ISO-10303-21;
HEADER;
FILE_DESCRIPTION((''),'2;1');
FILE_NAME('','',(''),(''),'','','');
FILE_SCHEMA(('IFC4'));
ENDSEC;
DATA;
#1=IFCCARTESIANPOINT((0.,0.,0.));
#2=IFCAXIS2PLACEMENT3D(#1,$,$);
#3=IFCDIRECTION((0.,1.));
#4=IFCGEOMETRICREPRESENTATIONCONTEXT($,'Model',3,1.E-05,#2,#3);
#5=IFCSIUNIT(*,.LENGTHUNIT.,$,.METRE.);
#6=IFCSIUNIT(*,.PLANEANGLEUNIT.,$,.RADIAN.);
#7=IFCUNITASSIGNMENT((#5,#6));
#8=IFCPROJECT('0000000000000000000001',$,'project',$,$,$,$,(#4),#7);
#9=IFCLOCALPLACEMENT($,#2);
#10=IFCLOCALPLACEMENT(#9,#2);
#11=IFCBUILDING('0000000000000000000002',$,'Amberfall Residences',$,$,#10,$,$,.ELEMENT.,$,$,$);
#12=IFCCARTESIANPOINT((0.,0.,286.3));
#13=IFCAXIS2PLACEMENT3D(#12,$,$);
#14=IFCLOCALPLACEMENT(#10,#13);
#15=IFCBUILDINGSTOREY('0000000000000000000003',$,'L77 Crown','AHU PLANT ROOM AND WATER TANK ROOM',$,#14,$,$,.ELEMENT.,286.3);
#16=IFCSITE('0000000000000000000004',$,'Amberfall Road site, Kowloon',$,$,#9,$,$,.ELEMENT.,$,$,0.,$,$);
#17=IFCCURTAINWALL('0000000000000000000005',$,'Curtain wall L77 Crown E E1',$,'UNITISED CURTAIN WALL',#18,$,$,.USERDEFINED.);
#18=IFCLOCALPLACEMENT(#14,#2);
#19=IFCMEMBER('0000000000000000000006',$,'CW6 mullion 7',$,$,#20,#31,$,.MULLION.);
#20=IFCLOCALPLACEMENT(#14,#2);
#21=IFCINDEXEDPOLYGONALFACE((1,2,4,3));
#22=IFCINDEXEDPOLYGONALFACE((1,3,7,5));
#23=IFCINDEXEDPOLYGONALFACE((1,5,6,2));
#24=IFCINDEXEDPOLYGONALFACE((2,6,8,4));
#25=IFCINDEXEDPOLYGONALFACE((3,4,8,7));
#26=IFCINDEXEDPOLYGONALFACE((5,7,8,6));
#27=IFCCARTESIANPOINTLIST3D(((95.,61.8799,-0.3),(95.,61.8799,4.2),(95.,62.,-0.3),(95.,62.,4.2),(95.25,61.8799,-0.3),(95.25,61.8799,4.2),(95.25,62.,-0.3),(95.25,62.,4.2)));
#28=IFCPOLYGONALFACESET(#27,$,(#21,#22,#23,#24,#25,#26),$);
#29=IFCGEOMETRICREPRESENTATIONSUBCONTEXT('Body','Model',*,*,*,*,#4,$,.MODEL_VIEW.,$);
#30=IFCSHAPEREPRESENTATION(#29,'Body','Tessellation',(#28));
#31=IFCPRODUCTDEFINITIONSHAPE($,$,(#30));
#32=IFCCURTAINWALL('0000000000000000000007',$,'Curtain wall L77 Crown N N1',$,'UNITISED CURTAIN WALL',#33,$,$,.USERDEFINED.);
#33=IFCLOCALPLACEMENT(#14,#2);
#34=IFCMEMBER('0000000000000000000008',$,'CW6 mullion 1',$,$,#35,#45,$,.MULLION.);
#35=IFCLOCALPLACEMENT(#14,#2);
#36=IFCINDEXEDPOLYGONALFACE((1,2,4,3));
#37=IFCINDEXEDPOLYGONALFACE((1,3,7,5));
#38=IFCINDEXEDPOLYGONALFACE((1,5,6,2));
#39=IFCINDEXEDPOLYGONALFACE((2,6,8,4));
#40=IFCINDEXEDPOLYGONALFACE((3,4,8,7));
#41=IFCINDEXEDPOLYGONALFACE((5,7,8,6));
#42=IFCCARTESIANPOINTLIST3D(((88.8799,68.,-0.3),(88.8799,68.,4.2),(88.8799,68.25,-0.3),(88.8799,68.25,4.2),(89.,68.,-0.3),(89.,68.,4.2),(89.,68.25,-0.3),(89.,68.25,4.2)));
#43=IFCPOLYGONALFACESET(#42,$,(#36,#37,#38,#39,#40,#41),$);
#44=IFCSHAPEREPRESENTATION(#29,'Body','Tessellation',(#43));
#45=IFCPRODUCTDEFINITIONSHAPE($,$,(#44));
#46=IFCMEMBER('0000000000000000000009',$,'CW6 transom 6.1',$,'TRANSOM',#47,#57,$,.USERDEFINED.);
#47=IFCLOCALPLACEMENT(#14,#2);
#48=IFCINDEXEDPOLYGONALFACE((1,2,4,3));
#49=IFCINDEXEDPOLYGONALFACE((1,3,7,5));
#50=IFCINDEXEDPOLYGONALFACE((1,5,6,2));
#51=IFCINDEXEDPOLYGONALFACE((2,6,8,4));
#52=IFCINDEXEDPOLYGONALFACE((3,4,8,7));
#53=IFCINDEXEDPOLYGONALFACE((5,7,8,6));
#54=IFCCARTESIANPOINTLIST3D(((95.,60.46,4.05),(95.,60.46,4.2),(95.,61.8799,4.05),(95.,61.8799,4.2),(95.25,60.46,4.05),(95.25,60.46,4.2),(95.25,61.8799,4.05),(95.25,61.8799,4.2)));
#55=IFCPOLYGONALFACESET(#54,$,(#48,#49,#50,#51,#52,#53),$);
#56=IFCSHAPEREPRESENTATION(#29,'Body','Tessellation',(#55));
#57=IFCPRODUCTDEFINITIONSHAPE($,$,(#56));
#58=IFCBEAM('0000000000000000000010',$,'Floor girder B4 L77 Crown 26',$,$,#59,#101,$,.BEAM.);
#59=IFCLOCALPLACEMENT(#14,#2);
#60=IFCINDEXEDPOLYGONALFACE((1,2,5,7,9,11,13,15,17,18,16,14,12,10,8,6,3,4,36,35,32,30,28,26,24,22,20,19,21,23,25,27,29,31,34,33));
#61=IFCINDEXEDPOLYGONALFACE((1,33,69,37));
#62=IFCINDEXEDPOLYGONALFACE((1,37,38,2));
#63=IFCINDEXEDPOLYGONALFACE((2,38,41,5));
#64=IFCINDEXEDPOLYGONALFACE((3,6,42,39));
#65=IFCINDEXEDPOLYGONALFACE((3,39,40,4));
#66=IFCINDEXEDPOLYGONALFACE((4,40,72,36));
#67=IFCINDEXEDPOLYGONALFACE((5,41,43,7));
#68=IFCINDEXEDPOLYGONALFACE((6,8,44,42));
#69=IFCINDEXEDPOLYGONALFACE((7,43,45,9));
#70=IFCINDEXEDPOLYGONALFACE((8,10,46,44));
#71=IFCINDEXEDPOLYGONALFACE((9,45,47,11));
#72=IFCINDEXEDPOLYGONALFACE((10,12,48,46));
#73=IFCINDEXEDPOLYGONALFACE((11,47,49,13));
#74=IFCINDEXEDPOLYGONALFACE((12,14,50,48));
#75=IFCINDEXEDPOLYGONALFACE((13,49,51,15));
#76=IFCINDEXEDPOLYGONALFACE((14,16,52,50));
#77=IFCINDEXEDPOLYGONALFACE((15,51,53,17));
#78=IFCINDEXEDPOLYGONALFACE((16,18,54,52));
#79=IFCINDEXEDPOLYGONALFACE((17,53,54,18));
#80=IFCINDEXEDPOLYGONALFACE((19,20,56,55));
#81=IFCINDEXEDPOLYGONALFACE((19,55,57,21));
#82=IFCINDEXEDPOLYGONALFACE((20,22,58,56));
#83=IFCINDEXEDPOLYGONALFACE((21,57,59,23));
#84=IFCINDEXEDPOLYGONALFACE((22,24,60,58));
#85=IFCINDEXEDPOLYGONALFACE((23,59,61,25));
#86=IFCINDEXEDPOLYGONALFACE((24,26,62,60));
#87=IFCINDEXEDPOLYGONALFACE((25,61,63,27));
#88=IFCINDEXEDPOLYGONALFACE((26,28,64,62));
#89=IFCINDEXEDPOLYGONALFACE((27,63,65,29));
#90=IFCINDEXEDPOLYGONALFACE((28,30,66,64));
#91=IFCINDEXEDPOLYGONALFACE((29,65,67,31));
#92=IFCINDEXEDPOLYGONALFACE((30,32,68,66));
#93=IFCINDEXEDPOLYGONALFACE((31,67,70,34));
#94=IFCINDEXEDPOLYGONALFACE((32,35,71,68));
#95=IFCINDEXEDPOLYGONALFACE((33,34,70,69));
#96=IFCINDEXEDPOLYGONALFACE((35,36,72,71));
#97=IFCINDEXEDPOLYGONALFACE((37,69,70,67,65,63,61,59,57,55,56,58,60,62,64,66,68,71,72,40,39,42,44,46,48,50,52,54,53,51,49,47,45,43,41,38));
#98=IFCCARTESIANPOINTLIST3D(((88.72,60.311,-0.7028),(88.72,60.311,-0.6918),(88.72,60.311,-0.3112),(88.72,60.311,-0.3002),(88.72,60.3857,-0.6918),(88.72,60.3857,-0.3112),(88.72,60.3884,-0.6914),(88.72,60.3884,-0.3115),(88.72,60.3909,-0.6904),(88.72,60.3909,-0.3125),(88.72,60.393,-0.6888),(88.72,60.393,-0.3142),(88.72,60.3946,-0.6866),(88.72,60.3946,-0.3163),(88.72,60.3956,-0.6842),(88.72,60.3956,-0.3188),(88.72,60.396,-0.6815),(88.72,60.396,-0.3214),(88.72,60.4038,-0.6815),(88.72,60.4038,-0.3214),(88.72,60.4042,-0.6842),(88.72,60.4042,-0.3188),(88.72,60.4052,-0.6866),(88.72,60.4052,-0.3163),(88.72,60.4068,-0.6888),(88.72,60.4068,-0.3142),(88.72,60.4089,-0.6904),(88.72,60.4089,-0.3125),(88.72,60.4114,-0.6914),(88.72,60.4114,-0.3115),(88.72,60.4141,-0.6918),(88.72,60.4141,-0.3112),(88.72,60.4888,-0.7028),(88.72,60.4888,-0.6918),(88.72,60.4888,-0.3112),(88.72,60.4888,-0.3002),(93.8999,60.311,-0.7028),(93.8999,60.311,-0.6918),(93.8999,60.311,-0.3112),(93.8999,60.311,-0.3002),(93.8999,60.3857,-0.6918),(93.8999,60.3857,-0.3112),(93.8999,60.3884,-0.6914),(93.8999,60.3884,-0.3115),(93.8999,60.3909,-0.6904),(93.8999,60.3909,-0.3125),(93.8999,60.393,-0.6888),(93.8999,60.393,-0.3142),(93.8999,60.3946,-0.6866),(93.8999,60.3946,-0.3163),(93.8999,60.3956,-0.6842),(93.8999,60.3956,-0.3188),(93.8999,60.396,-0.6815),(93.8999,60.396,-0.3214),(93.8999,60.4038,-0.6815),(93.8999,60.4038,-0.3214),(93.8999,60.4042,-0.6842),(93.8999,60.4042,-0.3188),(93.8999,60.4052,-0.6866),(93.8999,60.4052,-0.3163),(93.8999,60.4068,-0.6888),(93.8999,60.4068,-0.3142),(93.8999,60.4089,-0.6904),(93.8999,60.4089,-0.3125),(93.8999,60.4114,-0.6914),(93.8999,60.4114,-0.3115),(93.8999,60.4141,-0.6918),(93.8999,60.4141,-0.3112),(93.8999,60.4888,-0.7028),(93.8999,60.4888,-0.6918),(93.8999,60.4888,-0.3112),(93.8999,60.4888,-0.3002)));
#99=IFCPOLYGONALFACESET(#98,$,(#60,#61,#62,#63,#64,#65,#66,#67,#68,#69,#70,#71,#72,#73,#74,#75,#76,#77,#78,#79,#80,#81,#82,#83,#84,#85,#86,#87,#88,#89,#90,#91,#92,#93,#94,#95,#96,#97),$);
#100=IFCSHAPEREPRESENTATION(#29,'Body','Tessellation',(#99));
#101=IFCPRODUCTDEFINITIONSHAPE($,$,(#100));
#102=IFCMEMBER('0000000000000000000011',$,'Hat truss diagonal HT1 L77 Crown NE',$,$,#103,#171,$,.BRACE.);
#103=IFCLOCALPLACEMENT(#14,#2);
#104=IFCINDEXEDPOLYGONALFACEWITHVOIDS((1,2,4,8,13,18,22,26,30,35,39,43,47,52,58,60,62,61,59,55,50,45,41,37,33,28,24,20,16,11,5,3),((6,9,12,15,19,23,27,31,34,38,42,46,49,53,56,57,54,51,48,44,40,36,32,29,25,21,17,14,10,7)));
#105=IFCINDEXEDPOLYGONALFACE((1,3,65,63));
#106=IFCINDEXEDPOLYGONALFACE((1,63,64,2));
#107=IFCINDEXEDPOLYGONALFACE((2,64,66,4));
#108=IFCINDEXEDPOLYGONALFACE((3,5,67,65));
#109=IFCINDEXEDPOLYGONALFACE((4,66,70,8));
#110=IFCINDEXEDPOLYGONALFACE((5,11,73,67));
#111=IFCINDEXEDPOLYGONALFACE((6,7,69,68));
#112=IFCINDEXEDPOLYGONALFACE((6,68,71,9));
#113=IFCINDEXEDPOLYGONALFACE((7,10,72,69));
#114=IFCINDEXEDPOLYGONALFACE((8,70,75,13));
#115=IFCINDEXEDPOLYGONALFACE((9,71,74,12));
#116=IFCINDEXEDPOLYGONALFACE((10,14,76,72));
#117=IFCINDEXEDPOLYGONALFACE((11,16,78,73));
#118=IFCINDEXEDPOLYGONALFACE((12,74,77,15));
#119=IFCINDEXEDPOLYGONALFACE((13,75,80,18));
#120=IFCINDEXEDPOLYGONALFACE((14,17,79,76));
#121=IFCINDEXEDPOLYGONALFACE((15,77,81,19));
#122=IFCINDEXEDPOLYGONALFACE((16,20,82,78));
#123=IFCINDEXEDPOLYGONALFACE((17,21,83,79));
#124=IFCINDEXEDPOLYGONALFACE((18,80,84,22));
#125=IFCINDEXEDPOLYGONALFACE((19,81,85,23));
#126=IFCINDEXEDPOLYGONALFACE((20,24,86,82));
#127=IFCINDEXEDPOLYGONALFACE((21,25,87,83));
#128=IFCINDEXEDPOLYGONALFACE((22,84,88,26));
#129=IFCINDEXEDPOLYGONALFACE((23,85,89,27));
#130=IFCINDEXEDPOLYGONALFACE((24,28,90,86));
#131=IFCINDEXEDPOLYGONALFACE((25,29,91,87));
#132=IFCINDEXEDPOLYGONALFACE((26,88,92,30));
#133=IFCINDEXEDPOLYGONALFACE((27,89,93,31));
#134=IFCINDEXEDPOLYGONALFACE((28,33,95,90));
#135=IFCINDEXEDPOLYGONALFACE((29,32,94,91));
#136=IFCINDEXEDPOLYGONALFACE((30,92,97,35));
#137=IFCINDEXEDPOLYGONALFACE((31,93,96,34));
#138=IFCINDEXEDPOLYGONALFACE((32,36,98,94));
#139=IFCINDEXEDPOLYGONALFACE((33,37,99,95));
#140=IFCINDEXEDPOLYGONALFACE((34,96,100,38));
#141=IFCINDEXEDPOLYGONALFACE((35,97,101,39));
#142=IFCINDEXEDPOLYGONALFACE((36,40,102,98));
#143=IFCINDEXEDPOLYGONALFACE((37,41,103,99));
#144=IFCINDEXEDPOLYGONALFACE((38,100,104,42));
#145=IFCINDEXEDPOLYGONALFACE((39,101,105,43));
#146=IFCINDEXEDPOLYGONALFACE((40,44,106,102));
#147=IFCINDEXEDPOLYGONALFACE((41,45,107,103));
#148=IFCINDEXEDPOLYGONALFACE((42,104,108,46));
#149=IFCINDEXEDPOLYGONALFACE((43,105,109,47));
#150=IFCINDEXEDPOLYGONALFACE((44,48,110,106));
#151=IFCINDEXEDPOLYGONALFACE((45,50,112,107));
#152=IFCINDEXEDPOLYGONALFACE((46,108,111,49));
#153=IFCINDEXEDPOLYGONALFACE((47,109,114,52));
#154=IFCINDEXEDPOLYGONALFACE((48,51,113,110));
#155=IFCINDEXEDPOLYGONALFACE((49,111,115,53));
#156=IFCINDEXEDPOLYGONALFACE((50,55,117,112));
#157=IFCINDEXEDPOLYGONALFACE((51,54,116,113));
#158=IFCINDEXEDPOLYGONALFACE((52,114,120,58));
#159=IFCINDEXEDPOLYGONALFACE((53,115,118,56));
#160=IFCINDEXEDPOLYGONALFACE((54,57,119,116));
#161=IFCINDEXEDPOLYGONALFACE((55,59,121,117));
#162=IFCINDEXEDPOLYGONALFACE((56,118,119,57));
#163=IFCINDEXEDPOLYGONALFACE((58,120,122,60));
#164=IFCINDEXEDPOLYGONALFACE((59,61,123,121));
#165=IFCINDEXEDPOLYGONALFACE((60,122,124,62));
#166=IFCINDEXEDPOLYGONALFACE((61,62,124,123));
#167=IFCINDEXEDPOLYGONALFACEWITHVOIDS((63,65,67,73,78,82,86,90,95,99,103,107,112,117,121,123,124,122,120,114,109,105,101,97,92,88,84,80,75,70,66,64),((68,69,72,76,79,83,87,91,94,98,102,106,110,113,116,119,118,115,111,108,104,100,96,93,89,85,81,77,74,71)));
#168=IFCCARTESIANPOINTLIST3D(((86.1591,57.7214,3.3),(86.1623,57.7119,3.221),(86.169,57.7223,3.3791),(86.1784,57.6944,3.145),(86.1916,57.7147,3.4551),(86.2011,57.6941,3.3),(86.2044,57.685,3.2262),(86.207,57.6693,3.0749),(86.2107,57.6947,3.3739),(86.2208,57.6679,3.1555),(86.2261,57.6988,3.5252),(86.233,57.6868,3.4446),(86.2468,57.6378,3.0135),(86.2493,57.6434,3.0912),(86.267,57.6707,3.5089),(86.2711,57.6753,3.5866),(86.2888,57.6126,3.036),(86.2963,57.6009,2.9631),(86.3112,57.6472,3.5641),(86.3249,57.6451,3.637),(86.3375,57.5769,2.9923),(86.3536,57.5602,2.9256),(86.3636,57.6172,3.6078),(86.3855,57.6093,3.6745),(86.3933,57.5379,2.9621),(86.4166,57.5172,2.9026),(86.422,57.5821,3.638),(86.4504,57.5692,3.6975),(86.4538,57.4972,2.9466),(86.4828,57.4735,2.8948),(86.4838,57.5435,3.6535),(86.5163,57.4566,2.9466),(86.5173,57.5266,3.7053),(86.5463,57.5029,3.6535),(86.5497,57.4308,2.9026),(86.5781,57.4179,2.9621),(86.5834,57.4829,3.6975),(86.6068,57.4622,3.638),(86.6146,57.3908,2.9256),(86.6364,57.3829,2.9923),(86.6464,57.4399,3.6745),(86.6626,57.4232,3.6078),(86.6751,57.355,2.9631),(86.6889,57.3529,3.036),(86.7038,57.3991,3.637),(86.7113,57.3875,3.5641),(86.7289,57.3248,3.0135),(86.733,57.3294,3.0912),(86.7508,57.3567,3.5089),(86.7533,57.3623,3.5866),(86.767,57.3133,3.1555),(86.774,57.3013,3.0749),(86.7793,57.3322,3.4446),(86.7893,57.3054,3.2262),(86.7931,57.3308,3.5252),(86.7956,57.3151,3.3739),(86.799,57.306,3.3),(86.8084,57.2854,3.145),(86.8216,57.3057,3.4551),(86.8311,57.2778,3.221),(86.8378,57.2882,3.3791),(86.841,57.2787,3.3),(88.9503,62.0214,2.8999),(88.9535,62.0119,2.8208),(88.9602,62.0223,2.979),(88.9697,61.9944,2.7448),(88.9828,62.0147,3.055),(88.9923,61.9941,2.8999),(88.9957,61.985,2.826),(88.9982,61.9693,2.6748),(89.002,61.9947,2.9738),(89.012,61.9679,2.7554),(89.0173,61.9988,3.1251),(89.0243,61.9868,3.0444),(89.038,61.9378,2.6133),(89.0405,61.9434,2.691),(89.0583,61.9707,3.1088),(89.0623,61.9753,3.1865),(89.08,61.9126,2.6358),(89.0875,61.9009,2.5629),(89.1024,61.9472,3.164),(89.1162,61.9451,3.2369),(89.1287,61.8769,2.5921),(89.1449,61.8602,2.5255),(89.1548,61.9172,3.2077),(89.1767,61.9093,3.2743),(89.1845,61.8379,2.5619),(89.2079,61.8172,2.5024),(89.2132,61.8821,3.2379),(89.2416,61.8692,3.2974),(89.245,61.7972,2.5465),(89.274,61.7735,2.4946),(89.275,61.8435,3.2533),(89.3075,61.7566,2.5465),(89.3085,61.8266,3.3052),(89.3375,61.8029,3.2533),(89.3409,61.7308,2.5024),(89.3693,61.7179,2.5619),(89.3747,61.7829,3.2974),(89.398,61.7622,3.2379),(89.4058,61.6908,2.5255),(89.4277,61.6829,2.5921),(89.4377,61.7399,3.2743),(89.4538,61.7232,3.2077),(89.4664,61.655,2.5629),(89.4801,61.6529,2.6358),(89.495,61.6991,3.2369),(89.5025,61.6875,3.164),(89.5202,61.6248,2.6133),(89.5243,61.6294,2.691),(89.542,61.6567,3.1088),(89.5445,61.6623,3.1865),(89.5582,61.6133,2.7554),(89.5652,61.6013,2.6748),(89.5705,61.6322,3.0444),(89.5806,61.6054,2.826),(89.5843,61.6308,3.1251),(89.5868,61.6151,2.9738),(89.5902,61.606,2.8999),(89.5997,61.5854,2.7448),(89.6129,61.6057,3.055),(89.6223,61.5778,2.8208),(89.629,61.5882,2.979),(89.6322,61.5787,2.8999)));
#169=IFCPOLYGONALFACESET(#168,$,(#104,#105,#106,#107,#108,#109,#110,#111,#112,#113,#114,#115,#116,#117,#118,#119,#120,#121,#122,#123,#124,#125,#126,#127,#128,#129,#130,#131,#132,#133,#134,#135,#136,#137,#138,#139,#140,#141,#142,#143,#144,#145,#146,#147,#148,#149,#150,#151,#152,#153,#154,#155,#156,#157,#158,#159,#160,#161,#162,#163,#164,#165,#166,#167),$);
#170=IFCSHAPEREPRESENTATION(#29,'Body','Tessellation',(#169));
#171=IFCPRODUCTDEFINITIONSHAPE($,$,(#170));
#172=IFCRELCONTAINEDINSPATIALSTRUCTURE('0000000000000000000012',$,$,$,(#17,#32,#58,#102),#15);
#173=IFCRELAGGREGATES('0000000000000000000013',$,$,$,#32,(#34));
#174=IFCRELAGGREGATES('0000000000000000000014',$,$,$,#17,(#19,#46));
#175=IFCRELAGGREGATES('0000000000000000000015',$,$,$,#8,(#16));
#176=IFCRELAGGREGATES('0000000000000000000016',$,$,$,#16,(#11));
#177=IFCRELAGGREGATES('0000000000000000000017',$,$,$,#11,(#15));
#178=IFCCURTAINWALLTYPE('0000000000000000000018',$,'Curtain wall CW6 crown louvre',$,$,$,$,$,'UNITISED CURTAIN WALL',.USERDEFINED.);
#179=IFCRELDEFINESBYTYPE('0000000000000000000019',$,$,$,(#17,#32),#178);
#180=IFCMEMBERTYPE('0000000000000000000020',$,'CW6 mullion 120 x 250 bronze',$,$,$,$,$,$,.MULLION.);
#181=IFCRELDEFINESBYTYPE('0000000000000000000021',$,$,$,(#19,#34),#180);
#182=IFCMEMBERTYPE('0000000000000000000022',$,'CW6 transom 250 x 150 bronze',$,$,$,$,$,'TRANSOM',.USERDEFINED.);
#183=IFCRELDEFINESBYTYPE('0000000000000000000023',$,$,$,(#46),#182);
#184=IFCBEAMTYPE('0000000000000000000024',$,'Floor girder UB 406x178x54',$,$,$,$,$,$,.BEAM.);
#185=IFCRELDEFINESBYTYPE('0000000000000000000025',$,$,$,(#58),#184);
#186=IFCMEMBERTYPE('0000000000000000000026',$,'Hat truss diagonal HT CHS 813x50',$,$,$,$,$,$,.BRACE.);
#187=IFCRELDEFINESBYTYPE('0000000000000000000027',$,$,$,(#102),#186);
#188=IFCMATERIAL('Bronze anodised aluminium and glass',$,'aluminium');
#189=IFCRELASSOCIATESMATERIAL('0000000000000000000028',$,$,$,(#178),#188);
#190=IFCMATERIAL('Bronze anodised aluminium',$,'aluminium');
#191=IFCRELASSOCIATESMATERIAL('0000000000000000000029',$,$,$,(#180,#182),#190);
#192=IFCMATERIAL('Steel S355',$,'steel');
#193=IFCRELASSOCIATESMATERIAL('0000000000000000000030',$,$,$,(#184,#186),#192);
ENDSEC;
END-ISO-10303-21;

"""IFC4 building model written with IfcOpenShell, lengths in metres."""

from ifc_helpers import new_model, si_unit, direction, frame, origin, origin_2d, place, context, subcontext, project, spatial, rectangle, hollow_circle, i_section, extrude, material, material_profile, profile_set, type_object, element, aggregate, save


model = new_model("IFC4")

# Units and contexts
model_context = context("Model", 3, precision=1e-05, world=origin(), true_north=direction((0.0, 1.0)))
body_context = subcontext(model_context, "Body", "Model", "MODEL_VIEW")
ifc_project = project(units=[si_unit("LENGTHUNIT", "METRE"), si_unit("PLANEANGLEUNIT", "RADIAN")], contexts=[model_context])

# Site, building, storey
site_placement = place(None, origin())
site = spatial("IfcSite", under=ifc_project, at=site_placement, Name="Amberfall Road site, Kowloon", CompositionType="ELEMENT", RefElevation=0.0)
building_placement = place(site_placement, origin())
building = spatial("IfcBuilding", under=site, at=building_placement, Name="Amberfall Residences", CompositionType="ELEMENT")
storey_placement = place(building_placement, frame((0.0, 0.0, 286.3)))
storey = spatial("IfcBuildingStorey", under=building, at=storey_placement, Name="L77 Crown", Description="AHU PLANT ROOM AND WATER TANK ROOM", CompositionType="ELEMENT", Elevation=286.3)

# Shared definitions
ifc_material_1 = material(Name="Steel S355", Category="steel")

# Curtain wall, member
ifc_material_2 = material(Name="Bronze anodised aluminium and glass", Category="aluminium")
curtain_wall_type = type_object("IfcCurtainWallType", Name="Curtain wall CW6 crown louvre", ElementType="UNITISED CURTAIN WALL", PredefinedType="USERDEFINED", material=ifc_material_2)
curtain_wall_1_placement = place(storey_placement, origin())
curtain_wall_1 = element("IfcCurtainWall", 1, at=curtain_wall_1_placement, inside=storey, type_object=curtain_wall_type, Name="Curtain wall L77 Crown E E1", ObjectType="UNITISED CURTAIN WALL", PredefinedType="USERDEFINED")
ifc_material_3 = material(Name="Bronze anodised aluminium", Category="aluminium")
ifc_material_profile_1 = material_profile(ifc_material_3, rectangle(XDim=0.25, YDim=0.1201, at=origin_2d()), Name="CW6 mullion 120 x 250 bronze")
ifc_profile_set_1 = profile_set([ifc_material_profile_1], Name="Bronze anodised aluminium")
member_type_1 = type_object("IfcMemberType", Name="CW6 mullion 120 x 250 bronze", PredefinedType="MULLION", material=ifc_profile_set_1)
member_1_placement = place(storey_placement, frame((95.125, 61.9399, -0.3), z_axis=(0.0, 0.0, 1.0), x_axis=(-1.0, 0.0, 0.0)))
member_1 = element("IfcMember", 2, at=member_1_placement, type_object=member_type_1, Name="CW6 mullion 7", PredefinedType="MULLION", context=body_context, shape_type="SweptSolid", body=[
    extrude(rectangle(XDim=0.25, YDim=0.1201, at=origin_2d()), origin(), (0.0, 0.0, 1.0), 4.5),
])

# Curtain wall, member
curtain_wall_2_placement = place(storey_placement, origin())
curtain_wall_2 = element("IfcCurtainWall", 3, at=curtain_wall_2_placement, inside=storey, type_object=curtain_wall_type, Name="Curtain wall L77 Crown N N1", ObjectType="UNITISED CURTAIN WALL", PredefinedType="USERDEFINED")
member_2_placement = place(storey_placement, frame((88.9399, 68.125, -0.3), z_axis=(0.0, 0.0, 1.0), x_axis=(0.0, -1.0, 0.0)))
member_2 = element("IfcMember", 4, at=member_2_placement, type_object=member_type_1, Name="CW6 mullion 1", PredefinedType="MULLION", context=body_context, shape_type="SweptSolid", body=[
    extrude(rectangle(XDim=0.25, YDim=0.1201, at=origin_2d()), origin(), (0.0, 0.0, 1.0), 4.5),
])
aggregate(curtain_wall_2, [member_2])

# Member
ifc_material_profile_2 = material_profile(ifc_material_3, rectangle(XDim=0.25, YDim=0.1499, at=origin_2d()), Name="CW6 transom 250 x 150 bronze")
ifc_profile_set_2 = profile_set([ifc_material_profile_2], Name="Bronze anodised aluminium")
member_type_2 = type_object("IfcMemberType", Name="CW6 transom 250 x 150 bronze", ElementType="TRANSOM", PredefinedType="USERDEFINED", material=ifc_profile_set_2)
member_3_placement = place(storey_placement, frame((95.125, 60.46, 4.125), z_axis=(0.0, 1.0, 0.0), x_axis=(-1.0, 0.0, 0.0)))
member_3 = element("IfcMember", 5, at=member_3_placement, type_object=member_type_2, Name="CW6 transom 6.1", ObjectType="TRANSOM", PredefinedType="USERDEFINED", context=body_context, shape_type="SweptSolid", body=[
    extrude(rectangle(XDim=0.25, YDim=0.1499, at=origin_2d()), origin(), (0.0, 0.0, 1.0), 1.4199),
])

# Beam
ifc_material_profile_3 = material_profile(ifc_material_1, i_section(OverallWidth=0.1777, OverallDepth=0.4026, WebThickness=0.0078, FlangeThickness=0.011, FilletRadius=0.0103, at=origin_2d()), Name="UB 406x178x54")
ifc_profile_set_3 = profile_set([ifc_material_profile_3], Name="Steel S355")
beam_type_1 = type_object("IfcBeamType", Name="Floor girder UB 406x178x54", PredefinedType="BEAM", material=ifc_profile_set_3)
beam_1_placement = place(storey_placement, frame((93.8999, 60.3999, -0.5015), z_axis=(-1.0, 0.0, 0.0), x_axis=(0.0, -1.0, 0.0)))
element("IfcBeam", 6, at=beam_1_placement, inside=storey, type_object=beam_type_1, Name="Floor girder B4 L77 Crown 26", PredefinedType="BEAM", context=body_context, shape_type="SweptSolid", body=[
    extrude(i_section(OverallWidth=0.1777, OverallDepth=0.4026, WebThickness=0.0078, FlangeThickness=0.011, FilletRadius=0.0103, at=origin_2d()), origin(), (0.0, 0.0, 1.0), 5.1799),
])

# Member
ifc_material_profile_4 = material_profile(ifc_material_1, hollow_circle(Radius=0.4065, WallThickness=0.05, at=origin_2d()), Name="CHS 813x50")
ifc_profile_set_4 = profile_set([ifc_material_profile_4], Name="Steel S355")
member_type_3 = type_object("IfcMemberType", Name="Hat truss diagonal HT CHS 813x50", PredefinedType="BRACE", material=ifc_profile_set_4)
member_4_placement = place(storey_placement, frame((89.2913, 61.8, 2.8999), z_axis=(-0.54282, -0.836236, 0.077817), x_axis=(0.83878, -0.544471, 0.0)))
element("IfcMember", 7, at=member_4_placement, inside=storey, type_object=member_type_3, Name="Hat truss diagonal HT1 L77 Crown NE", PredefinedType="BRACE", context=body_context, shape_type="SweptSolid", body=[
    extrude(hollow_circle(Radius=0.4065, WallThickness=0.05, at=origin_2d()), origin(), (0.0, 0.0, 1.0), 5.1421),
])

aggregate(curtain_wall_1, [member_1, member_3])

save(model, "model.ifc")
